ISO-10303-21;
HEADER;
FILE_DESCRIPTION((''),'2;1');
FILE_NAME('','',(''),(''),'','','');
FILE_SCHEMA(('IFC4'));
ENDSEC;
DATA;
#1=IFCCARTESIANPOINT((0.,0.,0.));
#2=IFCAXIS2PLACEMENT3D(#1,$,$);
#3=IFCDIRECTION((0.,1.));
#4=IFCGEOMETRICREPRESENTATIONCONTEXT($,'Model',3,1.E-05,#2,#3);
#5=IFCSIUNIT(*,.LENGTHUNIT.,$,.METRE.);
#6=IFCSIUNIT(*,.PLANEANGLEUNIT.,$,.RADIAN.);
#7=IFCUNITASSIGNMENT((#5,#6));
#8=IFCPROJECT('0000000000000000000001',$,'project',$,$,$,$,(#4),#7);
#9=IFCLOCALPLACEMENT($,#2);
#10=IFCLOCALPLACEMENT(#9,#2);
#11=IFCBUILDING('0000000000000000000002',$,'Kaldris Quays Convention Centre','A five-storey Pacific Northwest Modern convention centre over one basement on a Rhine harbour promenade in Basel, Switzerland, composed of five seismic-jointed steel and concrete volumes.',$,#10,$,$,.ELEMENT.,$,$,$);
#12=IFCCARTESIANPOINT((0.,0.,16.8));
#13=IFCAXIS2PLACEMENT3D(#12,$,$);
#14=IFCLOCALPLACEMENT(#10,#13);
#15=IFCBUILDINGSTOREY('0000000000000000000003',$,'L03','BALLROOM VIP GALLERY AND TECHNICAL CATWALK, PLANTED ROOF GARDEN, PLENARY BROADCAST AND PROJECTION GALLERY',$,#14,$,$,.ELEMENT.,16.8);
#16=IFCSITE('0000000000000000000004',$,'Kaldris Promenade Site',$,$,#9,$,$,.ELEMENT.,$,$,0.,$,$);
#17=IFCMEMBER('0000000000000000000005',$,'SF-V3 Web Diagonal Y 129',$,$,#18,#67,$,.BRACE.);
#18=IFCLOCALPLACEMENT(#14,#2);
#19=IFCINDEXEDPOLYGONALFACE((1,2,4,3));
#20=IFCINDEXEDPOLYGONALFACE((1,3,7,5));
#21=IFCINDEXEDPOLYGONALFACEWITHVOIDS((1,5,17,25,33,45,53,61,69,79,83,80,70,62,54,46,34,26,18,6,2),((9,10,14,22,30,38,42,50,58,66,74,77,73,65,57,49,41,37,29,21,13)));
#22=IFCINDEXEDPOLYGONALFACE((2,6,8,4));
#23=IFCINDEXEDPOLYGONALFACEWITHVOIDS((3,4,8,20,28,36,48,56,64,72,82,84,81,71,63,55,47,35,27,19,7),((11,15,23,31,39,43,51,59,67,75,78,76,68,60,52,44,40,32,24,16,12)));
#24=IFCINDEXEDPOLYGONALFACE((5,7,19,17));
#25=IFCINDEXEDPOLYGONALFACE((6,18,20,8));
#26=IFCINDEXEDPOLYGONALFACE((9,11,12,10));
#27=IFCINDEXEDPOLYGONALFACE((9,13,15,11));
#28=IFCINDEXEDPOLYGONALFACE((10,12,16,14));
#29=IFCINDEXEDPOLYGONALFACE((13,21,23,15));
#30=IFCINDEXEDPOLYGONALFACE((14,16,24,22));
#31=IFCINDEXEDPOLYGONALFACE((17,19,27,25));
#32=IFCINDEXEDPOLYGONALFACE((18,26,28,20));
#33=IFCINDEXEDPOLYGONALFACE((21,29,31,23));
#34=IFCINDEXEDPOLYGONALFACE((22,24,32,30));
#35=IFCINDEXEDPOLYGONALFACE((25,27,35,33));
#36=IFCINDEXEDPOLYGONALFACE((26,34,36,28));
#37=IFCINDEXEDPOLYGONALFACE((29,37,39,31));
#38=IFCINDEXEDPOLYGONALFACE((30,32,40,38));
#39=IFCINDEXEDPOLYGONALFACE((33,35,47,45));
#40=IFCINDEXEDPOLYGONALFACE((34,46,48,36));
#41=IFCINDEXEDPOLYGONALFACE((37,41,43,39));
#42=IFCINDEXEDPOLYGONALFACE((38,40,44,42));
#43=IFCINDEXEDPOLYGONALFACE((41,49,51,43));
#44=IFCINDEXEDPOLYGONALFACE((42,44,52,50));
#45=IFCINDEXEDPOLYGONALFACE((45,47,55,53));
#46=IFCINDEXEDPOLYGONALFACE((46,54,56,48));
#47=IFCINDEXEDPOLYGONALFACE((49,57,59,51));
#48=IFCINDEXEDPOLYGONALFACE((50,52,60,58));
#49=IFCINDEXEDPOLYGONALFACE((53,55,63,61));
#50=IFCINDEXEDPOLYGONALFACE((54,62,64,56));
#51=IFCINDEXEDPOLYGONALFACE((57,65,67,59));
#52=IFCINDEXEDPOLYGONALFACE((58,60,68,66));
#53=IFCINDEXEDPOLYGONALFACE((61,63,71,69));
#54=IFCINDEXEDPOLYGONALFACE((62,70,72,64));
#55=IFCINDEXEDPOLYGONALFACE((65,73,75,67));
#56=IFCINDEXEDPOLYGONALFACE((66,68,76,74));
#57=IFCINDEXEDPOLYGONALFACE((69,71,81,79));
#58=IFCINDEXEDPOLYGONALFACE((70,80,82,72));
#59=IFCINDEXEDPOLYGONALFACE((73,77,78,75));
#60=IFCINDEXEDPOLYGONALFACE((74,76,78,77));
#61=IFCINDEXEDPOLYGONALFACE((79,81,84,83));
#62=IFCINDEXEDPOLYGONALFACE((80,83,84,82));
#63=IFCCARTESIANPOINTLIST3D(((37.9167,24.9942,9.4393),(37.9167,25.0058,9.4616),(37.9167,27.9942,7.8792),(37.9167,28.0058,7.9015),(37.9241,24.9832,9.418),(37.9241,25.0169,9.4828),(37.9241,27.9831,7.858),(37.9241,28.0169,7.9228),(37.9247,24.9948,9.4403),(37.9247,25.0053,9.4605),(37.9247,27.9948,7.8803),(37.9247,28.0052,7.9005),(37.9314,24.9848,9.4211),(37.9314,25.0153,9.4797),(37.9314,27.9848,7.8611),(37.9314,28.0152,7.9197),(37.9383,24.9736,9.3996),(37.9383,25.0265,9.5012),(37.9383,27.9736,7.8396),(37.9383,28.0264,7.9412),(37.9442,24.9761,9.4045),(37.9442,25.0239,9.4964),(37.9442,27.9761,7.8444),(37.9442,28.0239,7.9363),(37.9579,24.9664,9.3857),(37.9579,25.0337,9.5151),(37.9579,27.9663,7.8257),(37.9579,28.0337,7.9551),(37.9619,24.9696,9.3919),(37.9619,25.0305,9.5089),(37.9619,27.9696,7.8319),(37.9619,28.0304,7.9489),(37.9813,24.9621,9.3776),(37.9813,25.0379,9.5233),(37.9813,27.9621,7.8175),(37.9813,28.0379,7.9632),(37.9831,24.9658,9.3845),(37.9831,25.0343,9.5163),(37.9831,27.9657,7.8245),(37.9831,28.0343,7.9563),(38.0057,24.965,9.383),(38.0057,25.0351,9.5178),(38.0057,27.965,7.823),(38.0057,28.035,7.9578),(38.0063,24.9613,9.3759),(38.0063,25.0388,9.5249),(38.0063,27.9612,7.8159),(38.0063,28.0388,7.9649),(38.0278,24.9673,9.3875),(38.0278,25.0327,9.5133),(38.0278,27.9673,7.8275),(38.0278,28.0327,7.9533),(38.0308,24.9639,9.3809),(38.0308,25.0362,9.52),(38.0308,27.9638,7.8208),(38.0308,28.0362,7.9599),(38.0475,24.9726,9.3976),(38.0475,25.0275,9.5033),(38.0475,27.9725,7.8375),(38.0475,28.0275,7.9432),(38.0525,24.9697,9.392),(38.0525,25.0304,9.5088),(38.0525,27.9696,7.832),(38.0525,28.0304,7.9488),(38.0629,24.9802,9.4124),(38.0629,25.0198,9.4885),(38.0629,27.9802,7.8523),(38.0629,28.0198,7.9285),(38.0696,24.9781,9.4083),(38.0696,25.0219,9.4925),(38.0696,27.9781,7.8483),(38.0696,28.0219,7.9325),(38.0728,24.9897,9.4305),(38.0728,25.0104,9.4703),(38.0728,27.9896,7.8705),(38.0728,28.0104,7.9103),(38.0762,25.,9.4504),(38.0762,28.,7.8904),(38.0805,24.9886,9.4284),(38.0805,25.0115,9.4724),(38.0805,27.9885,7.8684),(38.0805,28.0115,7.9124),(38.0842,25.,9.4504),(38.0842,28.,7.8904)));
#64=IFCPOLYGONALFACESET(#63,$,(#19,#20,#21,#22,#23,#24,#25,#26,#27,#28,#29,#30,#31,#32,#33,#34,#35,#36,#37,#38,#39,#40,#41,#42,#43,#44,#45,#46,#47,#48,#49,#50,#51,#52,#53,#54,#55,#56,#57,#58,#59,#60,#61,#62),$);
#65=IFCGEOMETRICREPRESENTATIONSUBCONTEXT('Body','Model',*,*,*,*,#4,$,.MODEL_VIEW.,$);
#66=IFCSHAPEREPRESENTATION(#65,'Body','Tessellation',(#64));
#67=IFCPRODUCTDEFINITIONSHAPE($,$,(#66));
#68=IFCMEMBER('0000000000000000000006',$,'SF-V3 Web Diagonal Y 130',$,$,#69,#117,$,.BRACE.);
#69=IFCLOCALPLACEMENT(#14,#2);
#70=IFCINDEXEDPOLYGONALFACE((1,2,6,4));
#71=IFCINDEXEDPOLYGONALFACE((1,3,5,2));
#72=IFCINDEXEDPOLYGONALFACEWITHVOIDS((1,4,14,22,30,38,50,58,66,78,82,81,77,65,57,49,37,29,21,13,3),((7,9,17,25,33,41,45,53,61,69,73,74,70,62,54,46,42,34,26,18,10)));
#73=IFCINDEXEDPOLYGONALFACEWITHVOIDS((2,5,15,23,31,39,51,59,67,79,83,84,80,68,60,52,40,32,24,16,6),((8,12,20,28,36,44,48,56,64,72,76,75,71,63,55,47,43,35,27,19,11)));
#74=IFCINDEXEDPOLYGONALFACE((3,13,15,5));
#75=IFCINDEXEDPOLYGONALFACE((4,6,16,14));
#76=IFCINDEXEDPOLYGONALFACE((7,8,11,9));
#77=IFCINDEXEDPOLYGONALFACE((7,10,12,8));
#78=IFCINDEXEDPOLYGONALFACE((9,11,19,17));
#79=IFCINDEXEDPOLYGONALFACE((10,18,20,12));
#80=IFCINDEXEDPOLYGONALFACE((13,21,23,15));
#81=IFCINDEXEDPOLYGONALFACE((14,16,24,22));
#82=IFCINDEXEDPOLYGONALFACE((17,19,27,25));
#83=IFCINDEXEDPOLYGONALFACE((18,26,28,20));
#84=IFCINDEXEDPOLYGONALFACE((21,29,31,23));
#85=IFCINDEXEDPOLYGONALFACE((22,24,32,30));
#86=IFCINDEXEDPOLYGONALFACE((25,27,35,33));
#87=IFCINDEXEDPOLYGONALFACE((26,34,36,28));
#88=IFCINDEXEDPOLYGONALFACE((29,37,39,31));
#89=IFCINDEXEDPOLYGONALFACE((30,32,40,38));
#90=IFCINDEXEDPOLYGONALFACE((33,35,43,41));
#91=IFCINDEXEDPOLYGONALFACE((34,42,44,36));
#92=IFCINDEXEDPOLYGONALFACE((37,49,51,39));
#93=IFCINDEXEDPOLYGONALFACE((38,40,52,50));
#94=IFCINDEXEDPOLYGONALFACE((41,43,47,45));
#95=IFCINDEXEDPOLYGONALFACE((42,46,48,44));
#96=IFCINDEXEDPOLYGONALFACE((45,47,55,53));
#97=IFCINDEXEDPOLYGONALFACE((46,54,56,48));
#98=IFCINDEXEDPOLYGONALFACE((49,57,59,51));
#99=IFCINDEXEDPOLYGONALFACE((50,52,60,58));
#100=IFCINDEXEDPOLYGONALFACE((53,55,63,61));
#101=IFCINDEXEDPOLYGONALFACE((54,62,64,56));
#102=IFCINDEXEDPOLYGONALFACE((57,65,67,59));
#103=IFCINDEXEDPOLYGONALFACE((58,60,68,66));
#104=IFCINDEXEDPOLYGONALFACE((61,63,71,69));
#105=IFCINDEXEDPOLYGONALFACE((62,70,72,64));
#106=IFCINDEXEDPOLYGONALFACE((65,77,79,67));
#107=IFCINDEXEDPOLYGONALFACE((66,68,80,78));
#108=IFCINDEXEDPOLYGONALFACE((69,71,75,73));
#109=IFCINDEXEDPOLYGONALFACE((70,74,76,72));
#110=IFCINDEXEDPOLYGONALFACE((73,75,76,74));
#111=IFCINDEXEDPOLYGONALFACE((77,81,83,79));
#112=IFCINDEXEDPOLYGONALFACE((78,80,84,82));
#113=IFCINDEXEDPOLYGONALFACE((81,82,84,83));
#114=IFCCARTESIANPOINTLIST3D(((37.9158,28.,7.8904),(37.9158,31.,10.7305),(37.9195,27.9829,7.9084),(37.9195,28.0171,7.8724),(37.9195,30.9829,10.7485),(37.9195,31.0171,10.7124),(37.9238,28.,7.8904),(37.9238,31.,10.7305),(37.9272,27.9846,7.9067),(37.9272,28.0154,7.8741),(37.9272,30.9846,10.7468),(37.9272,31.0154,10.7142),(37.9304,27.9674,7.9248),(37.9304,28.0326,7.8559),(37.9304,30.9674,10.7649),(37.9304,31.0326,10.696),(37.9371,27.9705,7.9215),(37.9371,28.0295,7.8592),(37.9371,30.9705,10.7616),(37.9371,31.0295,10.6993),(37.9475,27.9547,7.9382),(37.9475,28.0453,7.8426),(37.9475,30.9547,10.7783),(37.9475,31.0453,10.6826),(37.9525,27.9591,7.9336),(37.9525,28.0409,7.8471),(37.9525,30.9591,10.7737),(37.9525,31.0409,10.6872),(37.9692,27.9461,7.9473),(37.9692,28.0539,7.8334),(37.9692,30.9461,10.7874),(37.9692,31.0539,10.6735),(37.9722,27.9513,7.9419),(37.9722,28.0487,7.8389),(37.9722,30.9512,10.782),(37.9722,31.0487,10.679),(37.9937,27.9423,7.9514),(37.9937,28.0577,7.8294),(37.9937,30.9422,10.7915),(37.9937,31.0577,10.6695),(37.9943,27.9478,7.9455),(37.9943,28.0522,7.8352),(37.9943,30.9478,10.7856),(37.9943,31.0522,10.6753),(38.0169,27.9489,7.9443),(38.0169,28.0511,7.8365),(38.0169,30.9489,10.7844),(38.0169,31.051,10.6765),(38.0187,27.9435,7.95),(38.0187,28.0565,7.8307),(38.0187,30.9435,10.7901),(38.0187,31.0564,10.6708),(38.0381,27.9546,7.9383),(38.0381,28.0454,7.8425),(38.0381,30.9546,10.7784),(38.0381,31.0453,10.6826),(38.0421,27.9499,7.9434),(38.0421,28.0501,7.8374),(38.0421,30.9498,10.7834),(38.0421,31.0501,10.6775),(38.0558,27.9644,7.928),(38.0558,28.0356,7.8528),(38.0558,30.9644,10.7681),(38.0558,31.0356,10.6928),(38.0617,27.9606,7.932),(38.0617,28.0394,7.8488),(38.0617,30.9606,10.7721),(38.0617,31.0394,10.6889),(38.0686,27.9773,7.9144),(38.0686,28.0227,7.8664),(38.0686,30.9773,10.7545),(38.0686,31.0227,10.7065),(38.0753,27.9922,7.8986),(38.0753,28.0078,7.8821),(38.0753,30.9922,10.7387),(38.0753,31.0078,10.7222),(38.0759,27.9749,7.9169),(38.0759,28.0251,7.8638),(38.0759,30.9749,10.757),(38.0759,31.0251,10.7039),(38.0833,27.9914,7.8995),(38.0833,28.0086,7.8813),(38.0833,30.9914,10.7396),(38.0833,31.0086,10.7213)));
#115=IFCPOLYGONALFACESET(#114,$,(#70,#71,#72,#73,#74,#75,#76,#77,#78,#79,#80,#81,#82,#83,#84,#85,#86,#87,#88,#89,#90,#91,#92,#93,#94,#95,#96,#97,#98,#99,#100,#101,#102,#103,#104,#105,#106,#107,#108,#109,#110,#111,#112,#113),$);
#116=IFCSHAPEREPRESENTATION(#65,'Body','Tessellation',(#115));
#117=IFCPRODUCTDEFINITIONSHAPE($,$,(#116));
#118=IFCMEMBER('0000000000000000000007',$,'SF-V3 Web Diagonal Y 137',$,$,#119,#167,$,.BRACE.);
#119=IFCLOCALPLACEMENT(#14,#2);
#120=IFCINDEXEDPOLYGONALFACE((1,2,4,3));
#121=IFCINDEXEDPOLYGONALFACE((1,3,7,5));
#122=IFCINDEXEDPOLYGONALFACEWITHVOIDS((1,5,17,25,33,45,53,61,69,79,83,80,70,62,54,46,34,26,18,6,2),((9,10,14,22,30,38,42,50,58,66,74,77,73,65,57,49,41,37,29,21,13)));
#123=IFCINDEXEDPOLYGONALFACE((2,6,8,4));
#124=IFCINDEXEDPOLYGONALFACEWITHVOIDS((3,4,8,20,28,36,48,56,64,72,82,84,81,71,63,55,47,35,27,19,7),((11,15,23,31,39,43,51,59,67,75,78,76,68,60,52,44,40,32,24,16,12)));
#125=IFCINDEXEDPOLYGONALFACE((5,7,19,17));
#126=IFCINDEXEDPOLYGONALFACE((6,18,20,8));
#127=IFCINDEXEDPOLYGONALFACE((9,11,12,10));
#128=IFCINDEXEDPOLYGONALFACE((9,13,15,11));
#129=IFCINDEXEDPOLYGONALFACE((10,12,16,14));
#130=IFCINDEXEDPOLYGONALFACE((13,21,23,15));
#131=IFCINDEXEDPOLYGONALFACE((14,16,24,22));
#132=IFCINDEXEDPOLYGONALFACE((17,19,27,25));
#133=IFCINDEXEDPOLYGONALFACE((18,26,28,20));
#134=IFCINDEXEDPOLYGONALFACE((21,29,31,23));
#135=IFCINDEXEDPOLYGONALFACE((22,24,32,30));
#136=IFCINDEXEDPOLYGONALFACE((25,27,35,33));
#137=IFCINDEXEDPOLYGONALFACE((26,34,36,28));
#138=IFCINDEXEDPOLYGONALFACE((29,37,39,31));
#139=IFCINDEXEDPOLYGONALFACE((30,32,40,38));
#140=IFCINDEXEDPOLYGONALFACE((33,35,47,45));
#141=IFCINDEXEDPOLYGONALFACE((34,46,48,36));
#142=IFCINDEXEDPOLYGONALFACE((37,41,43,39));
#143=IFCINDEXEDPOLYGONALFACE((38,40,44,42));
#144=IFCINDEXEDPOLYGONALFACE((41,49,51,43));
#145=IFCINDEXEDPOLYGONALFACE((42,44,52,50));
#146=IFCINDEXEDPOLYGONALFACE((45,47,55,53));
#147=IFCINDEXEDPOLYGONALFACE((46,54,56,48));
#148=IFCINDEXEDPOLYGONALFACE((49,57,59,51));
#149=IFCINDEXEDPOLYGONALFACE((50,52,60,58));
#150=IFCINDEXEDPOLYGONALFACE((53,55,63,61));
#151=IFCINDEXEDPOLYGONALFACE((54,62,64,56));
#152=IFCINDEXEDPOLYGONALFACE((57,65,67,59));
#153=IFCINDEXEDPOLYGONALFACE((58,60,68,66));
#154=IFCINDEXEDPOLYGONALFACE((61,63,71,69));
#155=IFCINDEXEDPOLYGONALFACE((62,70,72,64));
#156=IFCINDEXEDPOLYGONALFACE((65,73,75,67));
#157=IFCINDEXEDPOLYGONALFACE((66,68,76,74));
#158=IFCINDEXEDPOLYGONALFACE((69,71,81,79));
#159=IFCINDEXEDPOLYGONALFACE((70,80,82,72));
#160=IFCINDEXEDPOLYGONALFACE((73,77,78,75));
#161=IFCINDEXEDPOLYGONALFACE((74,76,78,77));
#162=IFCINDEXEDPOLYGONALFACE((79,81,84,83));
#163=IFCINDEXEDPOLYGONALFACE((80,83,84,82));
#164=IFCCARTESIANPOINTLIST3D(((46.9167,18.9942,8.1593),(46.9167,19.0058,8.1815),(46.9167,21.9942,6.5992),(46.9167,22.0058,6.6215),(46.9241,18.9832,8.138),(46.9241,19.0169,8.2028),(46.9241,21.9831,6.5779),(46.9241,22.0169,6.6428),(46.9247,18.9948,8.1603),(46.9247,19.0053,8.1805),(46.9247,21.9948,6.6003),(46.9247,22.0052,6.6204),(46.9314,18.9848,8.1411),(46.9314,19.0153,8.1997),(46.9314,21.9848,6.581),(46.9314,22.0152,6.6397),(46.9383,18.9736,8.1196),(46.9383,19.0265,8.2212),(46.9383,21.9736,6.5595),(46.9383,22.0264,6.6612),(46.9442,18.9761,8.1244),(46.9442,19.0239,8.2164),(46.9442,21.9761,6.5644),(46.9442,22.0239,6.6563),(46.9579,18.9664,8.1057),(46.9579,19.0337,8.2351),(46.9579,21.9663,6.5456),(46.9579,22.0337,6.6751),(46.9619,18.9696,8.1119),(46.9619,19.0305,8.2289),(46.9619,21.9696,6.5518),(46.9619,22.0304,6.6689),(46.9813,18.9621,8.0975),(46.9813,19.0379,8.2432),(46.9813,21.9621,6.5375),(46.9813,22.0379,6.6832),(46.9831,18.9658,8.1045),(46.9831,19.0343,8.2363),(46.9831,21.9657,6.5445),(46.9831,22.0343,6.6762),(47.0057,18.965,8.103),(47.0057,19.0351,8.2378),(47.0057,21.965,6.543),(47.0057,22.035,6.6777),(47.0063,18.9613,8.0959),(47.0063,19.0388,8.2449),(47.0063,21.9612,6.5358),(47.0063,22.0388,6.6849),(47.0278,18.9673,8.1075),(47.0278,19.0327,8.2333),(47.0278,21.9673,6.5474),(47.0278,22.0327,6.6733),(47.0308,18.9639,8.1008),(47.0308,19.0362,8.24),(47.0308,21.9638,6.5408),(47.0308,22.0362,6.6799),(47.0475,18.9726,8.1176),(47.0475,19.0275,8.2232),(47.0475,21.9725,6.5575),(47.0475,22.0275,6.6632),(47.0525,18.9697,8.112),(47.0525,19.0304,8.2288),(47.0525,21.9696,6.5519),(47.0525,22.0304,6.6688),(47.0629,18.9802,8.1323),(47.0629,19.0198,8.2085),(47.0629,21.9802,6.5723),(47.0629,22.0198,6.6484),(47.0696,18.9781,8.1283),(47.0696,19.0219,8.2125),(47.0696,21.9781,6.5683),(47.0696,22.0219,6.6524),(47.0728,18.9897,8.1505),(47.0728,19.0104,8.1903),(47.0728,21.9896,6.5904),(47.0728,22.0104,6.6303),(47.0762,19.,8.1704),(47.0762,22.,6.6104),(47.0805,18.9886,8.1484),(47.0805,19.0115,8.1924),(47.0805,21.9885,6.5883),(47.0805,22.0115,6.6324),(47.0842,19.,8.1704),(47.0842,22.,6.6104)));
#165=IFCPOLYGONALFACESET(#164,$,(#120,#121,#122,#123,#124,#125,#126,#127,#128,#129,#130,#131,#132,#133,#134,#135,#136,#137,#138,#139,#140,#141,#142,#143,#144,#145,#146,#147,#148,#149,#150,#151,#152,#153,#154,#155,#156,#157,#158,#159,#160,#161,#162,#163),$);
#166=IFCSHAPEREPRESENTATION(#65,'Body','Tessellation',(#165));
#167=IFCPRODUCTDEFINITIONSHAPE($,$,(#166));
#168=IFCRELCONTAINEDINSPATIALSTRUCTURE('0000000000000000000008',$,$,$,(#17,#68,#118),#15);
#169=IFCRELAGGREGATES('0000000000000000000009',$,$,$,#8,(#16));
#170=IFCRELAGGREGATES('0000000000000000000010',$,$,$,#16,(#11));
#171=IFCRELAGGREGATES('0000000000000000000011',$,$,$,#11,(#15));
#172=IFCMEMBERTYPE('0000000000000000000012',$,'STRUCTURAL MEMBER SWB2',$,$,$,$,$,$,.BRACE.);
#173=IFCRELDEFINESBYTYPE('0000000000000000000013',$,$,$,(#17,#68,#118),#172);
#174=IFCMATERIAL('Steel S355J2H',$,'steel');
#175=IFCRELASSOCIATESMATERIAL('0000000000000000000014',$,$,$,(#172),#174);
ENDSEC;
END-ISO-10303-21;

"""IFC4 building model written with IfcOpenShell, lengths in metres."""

from ifc_helpers import new_model, si_unit, direction, frame, origin, origin_2d, place, context, subcontext, project, spatial, hollow_circle, extrude, material, material_profile, profile_set, type_object, element, save


model = new_model("IFC4")

# Units and contexts
model_context = context("Model", 3, precision=1e-05, world=origin(), true_north=direction((0.0, 1.0)))
body_context = subcontext(model_context, "Body", "Model", "MODEL_VIEW")
ifc_project = project(units=[si_unit("LENGTHUNIT", "METRE"), si_unit("PLANEANGLEUNIT", "RADIAN")], contexts=[model_context])

# Site, building, storey
site_placement = place(None, origin())
site = spatial("IfcSite", under=ifc_project, at=site_placement, Name="Kaldris Promenade Site", CompositionType="ELEMENT", RefElevation=0.0)
building_placement = place(site_placement, origin())
building = spatial("IfcBuilding", under=site, at=building_placement, Name="Kaldris Quays Convention Centre", Description="A five-storey Pacific Northwest Modern convention centre over one basement on a Rhine harbour promenade in Basel, Switzerland, composed of five seismic-jointed steel and concrete volumes.", CompositionType="ELEMENT")
storey_placement = place(building_placement, frame((0.0, 0.0, 16.8)))
storey = spatial("IfcBuildingStorey", under=building, at=storey_placement, Name="L03", Description="BALLROOM VIP GALLERY AND TECHNICAL CATWALK, PLANTED ROOF GARDEN, PLENARY BROADCAST AND PROJECTION GALLERY", CompositionType="ELEMENT", Elevation=16.8)

# Members
ifc_material_1 = material(Name="Steel S355J2H", Category="steel")
ifc_material_profile_1 = material_profile(ifc_material_1, hollow_circle(Radius=0.0842, WallThickness=0.0081, at=origin_2d()), Name="CHS 168.3x8")
ifc_profile_set_1 = profile_set([ifc_material_profile_1], Name="Steel S355J2H")
member_type_1 = type_object("IfcMemberType", Name="STRUCTURAL MEMBER SWB2", PredefinedType="BRACE", material=ifc_profile_set_1)
member_1_placement = place(storey_placement, frame((38.0, 28.0, 7.8904), z_axis=(0.0, -0.88721, 0.461366), x_axis=(1.0, 0.0, 0.0)))
element("IfcMember", 1, at=member_1_placement, inside=storey, type_object=member_type_1, Name="SF-V3 Web Diagonal Y 129", PredefinedType="BRACE", context=body_context, shape_type="SweptSolid", body=[
    extrude(hollow_circle(Radius=0.0842, WallThickness=0.0081, at=origin_2d()), origin(), (0.0, 0.0, 1.0), 3.3813),
])
member_2_placement = place(storey_placement, frame((38.0, 28.0, 7.8904), z_axis=(0.0, 0.726196, 0.687487), x_axis=(-1.0, 0.0, 0.0)))
element("IfcMember", 2, at=member_2_placement, inside=storey, type_object=member_type_1, Name="SF-V3 Web Diagonal Y 130", PredefinedType="BRACE", context=body_context, shape_type="SweptSolid", body=[
    extrude(hollow_circle(Radius=0.0842, WallThickness=0.0081, at=origin_2d()), origin(), (0.0, 0.0, 1.0), 4.1311),
])
member_3_placement = place(storey_placement, frame((47.0, 22.0, 6.6104), z_axis=(0.0, -0.88721, 0.461366), x_axis=(1.0, 0.0, 0.0)))
element("IfcMember", 3, at=member_3_placement, inside=storey, type_object=member_type_1, Name="SF-V3 Web Diagonal Y 137", PredefinedType="BRACE", context=body_context, shape_type="SweptSolid", body=[
    extrude(hollow_circle(Radius=0.0842, WallThickness=0.0081, at=origin_2d()), origin(), (0.0, 0.0, 1.0), 3.3813),
])

save(model, "model.ifc")
